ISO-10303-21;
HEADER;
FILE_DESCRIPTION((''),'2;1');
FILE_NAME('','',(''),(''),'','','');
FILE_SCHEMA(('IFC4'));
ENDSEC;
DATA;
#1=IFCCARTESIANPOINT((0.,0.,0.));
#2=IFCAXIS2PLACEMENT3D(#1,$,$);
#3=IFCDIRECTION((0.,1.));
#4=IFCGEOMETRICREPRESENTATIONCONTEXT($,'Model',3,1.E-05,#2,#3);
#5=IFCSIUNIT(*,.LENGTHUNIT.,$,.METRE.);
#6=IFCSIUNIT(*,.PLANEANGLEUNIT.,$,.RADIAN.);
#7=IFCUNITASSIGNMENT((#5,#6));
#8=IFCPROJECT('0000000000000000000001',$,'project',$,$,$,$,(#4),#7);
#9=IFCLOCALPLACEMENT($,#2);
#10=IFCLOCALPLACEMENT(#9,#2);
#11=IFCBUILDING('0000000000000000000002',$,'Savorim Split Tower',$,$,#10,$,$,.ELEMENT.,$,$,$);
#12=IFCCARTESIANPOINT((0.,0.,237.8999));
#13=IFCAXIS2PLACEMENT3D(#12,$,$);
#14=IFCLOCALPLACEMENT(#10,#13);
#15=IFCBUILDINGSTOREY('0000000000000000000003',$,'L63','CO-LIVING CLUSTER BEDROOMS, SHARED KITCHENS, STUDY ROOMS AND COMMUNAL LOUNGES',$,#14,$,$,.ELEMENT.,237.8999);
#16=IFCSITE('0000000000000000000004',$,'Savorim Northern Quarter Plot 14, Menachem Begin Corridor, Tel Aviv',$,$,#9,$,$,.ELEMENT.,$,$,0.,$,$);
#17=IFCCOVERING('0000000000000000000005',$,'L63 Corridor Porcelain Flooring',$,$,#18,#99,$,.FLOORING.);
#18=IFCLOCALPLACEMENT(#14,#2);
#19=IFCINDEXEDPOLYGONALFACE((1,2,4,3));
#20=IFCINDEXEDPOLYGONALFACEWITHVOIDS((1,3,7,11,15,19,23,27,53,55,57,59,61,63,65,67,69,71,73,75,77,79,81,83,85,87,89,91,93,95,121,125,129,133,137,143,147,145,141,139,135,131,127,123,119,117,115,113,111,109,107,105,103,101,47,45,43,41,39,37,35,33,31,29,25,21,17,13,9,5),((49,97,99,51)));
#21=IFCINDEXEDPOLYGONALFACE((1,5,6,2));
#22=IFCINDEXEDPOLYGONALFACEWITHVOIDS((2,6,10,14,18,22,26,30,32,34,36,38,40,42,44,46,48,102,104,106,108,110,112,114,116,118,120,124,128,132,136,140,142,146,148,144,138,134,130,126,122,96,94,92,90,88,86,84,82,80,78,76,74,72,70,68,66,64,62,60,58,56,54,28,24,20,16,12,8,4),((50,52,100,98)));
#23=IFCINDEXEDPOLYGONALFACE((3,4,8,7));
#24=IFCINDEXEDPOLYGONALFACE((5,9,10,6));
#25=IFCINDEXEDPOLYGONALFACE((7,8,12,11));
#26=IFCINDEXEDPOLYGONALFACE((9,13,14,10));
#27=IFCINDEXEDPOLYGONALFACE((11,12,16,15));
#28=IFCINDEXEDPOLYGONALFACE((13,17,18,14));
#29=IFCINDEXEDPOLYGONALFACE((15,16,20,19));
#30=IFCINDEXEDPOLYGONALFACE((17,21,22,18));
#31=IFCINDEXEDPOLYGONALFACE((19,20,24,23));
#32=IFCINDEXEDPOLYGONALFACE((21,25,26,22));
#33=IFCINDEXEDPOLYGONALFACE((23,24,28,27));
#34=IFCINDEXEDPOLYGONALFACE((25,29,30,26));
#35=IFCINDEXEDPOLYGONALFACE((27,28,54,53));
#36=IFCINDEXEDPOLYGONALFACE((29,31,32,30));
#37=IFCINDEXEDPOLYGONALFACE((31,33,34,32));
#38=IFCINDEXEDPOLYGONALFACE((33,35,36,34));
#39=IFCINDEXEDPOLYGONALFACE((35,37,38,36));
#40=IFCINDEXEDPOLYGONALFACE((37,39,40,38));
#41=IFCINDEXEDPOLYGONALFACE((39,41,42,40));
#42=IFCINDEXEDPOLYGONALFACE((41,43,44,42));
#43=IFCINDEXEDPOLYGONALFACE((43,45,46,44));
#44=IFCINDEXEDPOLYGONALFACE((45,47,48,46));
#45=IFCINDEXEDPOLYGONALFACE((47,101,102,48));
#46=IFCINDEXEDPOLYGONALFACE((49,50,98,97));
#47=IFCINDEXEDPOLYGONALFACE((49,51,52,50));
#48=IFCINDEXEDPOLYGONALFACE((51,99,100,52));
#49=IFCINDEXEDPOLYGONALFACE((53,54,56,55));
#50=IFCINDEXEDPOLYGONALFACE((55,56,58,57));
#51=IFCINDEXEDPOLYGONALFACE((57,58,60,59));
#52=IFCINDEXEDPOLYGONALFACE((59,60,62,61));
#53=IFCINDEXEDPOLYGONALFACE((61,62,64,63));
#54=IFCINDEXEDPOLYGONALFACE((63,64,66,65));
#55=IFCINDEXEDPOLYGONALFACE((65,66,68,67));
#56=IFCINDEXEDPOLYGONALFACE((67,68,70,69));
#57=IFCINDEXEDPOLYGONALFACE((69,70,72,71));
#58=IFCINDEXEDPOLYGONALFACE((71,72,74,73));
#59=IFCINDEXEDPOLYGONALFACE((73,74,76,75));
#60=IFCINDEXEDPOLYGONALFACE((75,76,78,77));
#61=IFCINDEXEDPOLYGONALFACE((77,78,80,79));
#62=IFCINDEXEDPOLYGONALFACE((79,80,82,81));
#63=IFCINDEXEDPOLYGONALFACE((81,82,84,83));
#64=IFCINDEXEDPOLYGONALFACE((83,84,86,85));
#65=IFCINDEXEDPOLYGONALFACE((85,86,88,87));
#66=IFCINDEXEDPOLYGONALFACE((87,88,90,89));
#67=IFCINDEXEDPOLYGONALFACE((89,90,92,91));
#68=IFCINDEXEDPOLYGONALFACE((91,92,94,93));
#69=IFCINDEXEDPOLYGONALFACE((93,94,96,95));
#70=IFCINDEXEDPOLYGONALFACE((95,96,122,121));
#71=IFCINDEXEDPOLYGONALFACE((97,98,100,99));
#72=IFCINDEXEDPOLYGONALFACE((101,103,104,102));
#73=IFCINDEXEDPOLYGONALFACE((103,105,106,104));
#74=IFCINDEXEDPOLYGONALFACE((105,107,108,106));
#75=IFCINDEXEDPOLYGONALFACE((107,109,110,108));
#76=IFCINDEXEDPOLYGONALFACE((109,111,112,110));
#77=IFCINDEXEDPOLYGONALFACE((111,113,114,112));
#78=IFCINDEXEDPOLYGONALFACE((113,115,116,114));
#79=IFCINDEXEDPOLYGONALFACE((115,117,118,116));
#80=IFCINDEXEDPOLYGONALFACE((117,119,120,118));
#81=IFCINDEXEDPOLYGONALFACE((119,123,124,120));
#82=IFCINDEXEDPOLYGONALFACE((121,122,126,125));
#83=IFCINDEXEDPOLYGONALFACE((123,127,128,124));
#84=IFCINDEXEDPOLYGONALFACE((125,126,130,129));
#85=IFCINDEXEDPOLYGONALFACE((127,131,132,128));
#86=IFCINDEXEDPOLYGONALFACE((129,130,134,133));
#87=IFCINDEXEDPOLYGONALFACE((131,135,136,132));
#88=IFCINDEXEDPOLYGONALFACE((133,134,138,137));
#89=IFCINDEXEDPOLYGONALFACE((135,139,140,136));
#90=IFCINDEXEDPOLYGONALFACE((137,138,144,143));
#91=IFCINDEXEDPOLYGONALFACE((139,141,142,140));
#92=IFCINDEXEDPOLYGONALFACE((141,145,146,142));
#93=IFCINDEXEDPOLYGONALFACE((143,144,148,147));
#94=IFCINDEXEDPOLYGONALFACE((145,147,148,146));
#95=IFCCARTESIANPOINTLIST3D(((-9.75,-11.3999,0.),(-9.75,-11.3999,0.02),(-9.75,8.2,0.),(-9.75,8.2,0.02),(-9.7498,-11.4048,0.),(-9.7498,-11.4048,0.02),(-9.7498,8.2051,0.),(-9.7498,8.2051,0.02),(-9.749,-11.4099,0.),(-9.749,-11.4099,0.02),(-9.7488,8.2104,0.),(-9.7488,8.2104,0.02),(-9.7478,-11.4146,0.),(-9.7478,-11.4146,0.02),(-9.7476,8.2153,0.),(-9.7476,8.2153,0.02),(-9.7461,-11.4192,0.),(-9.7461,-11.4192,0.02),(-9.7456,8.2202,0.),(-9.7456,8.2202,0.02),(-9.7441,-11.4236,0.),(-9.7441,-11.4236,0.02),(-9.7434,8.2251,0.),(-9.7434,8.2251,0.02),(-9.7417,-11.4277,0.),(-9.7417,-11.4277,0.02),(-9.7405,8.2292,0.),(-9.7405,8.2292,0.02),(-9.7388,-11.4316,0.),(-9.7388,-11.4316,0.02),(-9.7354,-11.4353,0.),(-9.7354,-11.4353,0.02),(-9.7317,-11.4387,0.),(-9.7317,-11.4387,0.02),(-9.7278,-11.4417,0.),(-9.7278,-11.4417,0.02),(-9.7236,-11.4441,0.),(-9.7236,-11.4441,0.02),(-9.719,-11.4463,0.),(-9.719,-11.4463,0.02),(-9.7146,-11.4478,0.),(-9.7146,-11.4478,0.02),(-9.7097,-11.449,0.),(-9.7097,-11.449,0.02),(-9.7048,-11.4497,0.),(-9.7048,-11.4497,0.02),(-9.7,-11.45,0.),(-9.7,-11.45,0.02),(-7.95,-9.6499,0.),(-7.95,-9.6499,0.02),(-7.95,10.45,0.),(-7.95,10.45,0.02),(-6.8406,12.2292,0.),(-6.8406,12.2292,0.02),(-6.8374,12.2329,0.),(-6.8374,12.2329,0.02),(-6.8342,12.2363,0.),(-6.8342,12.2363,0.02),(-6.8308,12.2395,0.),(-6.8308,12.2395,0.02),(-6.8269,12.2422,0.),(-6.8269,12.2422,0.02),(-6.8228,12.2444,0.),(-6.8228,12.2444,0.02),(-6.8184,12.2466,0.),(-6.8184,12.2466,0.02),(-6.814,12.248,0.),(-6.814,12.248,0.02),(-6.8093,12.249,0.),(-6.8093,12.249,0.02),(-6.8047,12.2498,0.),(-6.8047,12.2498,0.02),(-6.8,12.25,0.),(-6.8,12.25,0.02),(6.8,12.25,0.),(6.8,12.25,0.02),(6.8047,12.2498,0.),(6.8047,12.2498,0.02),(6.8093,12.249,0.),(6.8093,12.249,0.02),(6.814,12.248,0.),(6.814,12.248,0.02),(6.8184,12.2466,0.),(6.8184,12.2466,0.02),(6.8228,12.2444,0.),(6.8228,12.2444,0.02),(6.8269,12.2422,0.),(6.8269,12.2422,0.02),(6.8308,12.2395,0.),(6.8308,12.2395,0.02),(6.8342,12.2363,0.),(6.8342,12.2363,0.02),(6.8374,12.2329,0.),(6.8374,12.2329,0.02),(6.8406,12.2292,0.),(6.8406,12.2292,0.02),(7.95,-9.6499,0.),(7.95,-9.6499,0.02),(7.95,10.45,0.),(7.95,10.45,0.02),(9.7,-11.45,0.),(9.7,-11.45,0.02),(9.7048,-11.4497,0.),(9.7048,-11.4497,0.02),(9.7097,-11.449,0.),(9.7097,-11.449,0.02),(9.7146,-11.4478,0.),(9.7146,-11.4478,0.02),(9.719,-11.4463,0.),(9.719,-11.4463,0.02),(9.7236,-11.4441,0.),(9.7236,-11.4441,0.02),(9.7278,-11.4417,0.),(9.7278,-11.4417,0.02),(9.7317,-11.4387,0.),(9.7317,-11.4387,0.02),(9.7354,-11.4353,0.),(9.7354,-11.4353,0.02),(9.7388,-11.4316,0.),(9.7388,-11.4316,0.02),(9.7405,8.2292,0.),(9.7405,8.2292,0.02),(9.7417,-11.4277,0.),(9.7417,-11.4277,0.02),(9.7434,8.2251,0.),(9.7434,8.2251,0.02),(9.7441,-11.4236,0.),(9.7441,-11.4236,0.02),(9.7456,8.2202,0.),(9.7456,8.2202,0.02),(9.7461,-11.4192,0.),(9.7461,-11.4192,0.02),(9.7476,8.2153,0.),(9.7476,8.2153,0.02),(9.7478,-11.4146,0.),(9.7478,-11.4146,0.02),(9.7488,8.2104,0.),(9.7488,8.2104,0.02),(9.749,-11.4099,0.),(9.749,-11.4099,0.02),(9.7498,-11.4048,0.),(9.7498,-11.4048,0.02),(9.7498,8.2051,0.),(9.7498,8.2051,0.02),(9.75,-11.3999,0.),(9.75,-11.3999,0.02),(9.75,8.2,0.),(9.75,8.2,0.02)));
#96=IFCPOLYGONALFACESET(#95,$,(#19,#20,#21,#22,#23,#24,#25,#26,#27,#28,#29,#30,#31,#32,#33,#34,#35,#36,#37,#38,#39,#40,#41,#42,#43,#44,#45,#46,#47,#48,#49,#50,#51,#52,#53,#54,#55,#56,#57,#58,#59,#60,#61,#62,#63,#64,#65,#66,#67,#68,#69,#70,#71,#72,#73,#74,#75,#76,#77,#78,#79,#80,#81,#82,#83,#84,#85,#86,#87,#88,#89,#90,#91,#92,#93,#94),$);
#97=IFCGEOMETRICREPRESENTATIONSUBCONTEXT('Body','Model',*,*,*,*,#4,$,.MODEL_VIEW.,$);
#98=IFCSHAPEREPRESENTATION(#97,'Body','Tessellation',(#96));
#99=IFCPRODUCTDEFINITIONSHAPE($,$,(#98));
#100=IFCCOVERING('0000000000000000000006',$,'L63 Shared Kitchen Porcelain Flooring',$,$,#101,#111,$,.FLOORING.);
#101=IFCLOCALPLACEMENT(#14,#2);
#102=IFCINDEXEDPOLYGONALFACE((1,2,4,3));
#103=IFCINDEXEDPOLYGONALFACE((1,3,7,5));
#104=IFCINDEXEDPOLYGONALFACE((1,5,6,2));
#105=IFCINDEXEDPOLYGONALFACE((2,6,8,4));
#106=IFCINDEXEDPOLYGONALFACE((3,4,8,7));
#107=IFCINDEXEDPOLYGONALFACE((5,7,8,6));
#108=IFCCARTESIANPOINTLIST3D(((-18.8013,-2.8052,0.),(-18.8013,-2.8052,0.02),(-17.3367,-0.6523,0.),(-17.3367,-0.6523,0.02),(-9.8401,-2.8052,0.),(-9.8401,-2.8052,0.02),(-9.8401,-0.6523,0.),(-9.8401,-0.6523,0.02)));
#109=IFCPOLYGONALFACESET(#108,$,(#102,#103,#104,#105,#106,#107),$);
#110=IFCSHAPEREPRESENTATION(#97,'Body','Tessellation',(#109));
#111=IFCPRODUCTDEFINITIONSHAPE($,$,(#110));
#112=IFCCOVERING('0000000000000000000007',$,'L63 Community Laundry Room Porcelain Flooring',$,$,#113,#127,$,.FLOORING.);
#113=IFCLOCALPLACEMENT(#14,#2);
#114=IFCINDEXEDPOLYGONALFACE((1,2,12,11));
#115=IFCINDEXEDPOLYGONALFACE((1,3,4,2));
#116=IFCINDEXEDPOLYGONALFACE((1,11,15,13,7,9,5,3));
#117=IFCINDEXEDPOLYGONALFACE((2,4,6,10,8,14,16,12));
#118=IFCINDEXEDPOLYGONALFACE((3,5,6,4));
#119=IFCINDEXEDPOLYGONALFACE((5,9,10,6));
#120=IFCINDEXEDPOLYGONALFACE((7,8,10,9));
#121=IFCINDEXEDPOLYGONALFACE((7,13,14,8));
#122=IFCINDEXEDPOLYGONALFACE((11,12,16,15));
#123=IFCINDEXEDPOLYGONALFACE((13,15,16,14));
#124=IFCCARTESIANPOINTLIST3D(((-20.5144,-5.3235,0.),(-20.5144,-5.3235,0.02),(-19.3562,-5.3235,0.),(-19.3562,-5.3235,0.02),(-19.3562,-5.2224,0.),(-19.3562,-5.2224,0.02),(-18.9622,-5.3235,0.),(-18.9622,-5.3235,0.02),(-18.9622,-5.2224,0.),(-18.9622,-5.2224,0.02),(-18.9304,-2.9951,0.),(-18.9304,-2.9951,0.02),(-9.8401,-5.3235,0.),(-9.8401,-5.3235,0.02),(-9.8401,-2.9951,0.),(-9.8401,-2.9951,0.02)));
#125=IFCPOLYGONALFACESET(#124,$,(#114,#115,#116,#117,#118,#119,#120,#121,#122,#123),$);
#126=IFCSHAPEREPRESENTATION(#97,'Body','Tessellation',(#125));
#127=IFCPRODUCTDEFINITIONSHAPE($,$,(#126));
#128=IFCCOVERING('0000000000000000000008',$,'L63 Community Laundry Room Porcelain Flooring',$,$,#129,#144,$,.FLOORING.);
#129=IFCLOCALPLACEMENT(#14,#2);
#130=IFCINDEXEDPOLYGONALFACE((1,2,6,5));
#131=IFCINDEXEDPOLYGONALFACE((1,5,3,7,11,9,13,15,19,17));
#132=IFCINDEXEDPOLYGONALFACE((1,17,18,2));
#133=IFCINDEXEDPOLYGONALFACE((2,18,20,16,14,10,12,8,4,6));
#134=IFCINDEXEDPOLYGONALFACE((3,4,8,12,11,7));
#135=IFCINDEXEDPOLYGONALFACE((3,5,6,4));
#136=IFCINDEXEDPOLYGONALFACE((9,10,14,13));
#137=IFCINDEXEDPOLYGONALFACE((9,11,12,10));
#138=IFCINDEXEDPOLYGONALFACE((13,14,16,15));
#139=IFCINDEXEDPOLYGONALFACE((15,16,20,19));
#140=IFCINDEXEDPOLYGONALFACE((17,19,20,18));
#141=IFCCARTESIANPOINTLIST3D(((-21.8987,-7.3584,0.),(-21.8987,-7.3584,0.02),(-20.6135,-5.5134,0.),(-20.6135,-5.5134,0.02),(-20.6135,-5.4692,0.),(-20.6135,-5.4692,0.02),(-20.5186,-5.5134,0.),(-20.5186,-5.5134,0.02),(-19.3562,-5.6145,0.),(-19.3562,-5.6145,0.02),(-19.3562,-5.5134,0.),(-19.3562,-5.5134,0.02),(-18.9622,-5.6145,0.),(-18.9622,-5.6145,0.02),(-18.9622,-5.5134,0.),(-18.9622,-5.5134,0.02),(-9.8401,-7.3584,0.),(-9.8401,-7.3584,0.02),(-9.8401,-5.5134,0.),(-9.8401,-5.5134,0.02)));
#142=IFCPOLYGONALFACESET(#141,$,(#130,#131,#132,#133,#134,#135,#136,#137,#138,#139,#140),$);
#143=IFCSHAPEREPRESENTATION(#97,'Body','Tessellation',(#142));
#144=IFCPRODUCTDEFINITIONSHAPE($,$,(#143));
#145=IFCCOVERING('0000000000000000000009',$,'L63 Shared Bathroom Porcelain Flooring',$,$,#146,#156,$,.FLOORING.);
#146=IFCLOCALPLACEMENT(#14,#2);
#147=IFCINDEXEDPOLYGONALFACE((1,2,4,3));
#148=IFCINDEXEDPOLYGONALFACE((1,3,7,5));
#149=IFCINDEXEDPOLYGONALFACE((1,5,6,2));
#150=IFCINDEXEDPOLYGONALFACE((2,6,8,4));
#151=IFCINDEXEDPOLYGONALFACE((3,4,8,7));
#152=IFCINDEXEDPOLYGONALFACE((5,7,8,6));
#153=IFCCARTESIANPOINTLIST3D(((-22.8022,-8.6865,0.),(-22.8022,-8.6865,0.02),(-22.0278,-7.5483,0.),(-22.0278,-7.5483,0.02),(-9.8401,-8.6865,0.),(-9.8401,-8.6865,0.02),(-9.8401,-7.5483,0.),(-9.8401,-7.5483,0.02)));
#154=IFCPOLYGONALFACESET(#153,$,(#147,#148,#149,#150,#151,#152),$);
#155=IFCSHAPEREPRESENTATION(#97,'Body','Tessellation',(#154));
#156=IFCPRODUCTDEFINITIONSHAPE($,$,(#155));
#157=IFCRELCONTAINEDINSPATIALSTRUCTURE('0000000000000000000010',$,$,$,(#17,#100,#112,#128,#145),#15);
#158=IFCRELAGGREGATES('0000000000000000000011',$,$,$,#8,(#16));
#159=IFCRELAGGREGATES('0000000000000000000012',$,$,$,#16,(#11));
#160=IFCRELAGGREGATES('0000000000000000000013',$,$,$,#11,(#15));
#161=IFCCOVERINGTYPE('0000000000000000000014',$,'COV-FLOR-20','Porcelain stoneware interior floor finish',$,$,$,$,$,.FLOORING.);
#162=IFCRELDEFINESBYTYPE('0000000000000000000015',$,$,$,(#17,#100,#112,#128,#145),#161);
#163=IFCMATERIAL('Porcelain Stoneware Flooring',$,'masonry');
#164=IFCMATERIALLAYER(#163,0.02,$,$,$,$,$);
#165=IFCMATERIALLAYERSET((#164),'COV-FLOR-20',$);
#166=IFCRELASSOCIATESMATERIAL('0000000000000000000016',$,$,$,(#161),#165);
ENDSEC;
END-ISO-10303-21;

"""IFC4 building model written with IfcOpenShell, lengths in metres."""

from ifc_helpers import new_model, si_unit, direction, frame, origin, place, context, subcontext, project, spatial, polyline, outline, extrude, material, layer, layer_set, type_object, element, save


model = new_model("IFC4")

# Units and contexts
model_context = context("Model", 3, precision=1e-05, world=origin(), true_north=direction((0.0, 1.0)))
body_context = subcontext(model_context, "Body", "Model", "MODEL_VIEW")
ifc_project = project(units=[si_unit("LENGTHUNIT", "METRE"), si_unit("PLANEANGLEUNIT", "RADIAN")], contexts=[model_context])

# Site, building, storey
site_placement = place(None, origin())
site = spatial("IfcSite", under=ifc_project, at=site_placement, Name="Savorim Northern Quarter Plot 14, Menachem Begin Corridor, Tel Aviv", CompositionType="ELEMENT", RefElevation=0.0)
building_placement = place(site_placement, origin())
building = spatial("IfcBuilding", under=site, at=building_placement, Name="Savorim Split Tower", CompositionType="ELEMENT")
storey_placement = place(building_placement, frame((0.0, 0.0, 237.8999)))
storey = spatial("IfcBuildingStorey", under=building, at=storey_placement, Name="L63", Description="CO-LIVING CLUSTER BEDROOMS, SHARED KITCHENS, STUDY ROOMS AND COMMUNAL LOUNGES", CompositionType="ELEMENT", Elevation=237.8999)

# Coverings
ifc_material_1 = material(Name="Porcelain Stoneware Flooring", Category="masonry")
ifc_layer_1 = layer(ifc_material_1, 0.02)
ifc_layer_set_1 = layer_set([ifc_layer_1], Name="COV-FLOR-20")
covering_type_1 = type_object("IfcCoveringType", Name="COV-FLOR-20", Description="Porcelain stoneware interior floor finish", PredefinedType="FLOORING", material=ifc_layer_set_1)
covering_1_placement = place(storey_placement, origin())
element("IfcCovering", 1, at=covering_1_placement, inside=storey, type_object=covering_type_1, Name="L63 Corridor Porcelain Flooring", PredefinedType="FLOORING", context=body_context, shape_type="SweptSolid", body=[
    extrude(outline(polyline([(6.8093, 12.249), (6.8047, 12.2498), (6.8, 12.25), (-6.8, 12.25), (-6.8047, 12.2498), (-6.8093, 12.249), (-6.814, 12.248), (-6.8184, 12.2466), (-6.8228, 12.2444), (-6.8269, 12.2422), (-6.8308, 12.2395), (-6.8342, 12.2363), (-6.8374, 12.2329), (-6.8406, 12.2292), (-9.7405, 8.2292), (-9.7434, 8.2251), (-9.7456, 8.2202), (-9.7476, 8.2153), (-9.7488, 8.2104), (-9.7498, 8.2051), (-9.75, 8.2), (-9.75, -11.3999), (-9.7498, -11.4048), (-9.749, -11.4099), (-9.7478, -11.4146), (-9.7461, -11.4192), (-9.7441, -11.4236), (-9.7417, -11.4277), (-9.7388, -11.4316), (-9.7354, -11.4353), (-9.7317, -11.4387), (-9.7278, -11.4417), (-9.7236, -11.4441), (-9.719, -11.4463), (-9.7146, -11.4478), (-9.7097, -11.449), (-9.7048, -11.4497), (-9.7, -11.45), (9.7, -11.45), (9.7048, -11.4497), (9.7097, -11.449), (9.7146, -11.4478), (9.719, -11.4463), (9.7236, -11.4441), (9.7278, -11.4417), (9.7317, -11.4387), (9.7354, -11.4353), (9.7388, -11.4316), (9.7417, -11.4277), (9.7441, -11.4236), (9.7461, -11.4192), (9.7478, -11.4146), (9.749, -11.4099), (9.7498, -11.4048), (9.75, -11.3999), (9.75, 8.2), (9.7498, 8.2051), (9.7488, 8.2104), (9.7476, 8.2153), (9.7456, 8.2202), (9.7434, 8.2251), (9.7405, 8.2292), (6.8406, 12.2292), (6.8374, 12.2329), (6.8342, 12.2363), (6.8308, 12.2395), (6.8269, 12.2422), (6.8228, 12.2444), (6.8184, 12.2466), (6.814, 12.248), (6.8093, 12.249)]), holes=[polyline([(-7.95, 10.45), (-7.95, -9.6499), (7.95, -9.6499), (7.95, 10.45), (-7.95, 10.45)])]), origin(), (0.0, 0.0, 1.0), 0.02),
])
covering_2_placement = place(storey_placement, origin())
element("IfcCovering", 2, at=covering_2_placement, inside=storey, type_object=covering_type_1, Name="L63 Shared Kitchen Porcelain Flooring", PredefinedType="FLOORING", context=body_context, shape_type="SweptSolid", body=[
    extrude(outline(polyline([(-17.3367, -0.6523), (-18.8013, -2.8052), (-9.8401, -2.8052), (-9.8401, -0.6523), (-17.3367, -0.6523)])), origin(), (0.0, 0.0, 1.0), 0.02),
])
covering_3_placement = place(storey_placement, origin())
element("IfcCovering", 3, at=covering_3_placement, inside=storey, type_object=covering_type_1, Name="L63 Community Laundry Room Porcelain Flooring", PredefinedType="FLOORING", context=body_context, shape_type="SweptSolid", body=[
    extrude(outline(polyline([(-18.9622, -5.2224), (-18.9622, -5.3235), (-9.8401, -5.3235), (-9.8401, -2.9951), (-18.9304, -2.9951), (-20.5144, -5.3235), (-19.3562, -5.3235), (-19.3562, -5.2224), (-18.9622, -5.2224)])), origin(), (0.0, 0.0, 1.0), 0.02),
])
covering_4_placement = place(storey_placement, origin())
element("IfcCovering", 4, at=covering_4_placement, inside=storey, type_object=covering_type_1, Name="L63 Community Laundry Room Porcelain Flooring", PredefinedType="FLOORING", context=body_context, shape_type="SweptSolid", body=[
    extrude(outline(polyline([(-20.5186, -5.5134), (-20.6135, -5.5134), (-20.6135, -5.4692), (-21.8987, -7.3584), (-9.8401, -7.3584), (-9.8401, -5.5134), (-18.9622, -5.5134), (-18.9622, -5.6145), (-19.3562, -5.6145), (-19.3562, -5.5134), (-20.5186, -5.5134)])), origin(), (0.0, 0.0, 1.0), 0.02),
])
covering_5_placement = place(storey_placement, origin())
element("IfcCovering", 5, at=covering_5_placement, inside=storey, type_object=covering_type_1, Name="L63 Shared Bathroom Porcelain Flooring", PredefinedType="FLOORING", context=body_context, shape_type="SweptSolid", body=[
    extrude(outline(polyline([(-9.8401, -8.6865), (-9.8401, -7.5483), (-22.0278, -7.5483), (-22.8022, -8.6865), (-9.8401, -8.6865)])), origin(), (0.0, 0.0, 1.0), 0.02),
])

save(model, "model.ifc")
